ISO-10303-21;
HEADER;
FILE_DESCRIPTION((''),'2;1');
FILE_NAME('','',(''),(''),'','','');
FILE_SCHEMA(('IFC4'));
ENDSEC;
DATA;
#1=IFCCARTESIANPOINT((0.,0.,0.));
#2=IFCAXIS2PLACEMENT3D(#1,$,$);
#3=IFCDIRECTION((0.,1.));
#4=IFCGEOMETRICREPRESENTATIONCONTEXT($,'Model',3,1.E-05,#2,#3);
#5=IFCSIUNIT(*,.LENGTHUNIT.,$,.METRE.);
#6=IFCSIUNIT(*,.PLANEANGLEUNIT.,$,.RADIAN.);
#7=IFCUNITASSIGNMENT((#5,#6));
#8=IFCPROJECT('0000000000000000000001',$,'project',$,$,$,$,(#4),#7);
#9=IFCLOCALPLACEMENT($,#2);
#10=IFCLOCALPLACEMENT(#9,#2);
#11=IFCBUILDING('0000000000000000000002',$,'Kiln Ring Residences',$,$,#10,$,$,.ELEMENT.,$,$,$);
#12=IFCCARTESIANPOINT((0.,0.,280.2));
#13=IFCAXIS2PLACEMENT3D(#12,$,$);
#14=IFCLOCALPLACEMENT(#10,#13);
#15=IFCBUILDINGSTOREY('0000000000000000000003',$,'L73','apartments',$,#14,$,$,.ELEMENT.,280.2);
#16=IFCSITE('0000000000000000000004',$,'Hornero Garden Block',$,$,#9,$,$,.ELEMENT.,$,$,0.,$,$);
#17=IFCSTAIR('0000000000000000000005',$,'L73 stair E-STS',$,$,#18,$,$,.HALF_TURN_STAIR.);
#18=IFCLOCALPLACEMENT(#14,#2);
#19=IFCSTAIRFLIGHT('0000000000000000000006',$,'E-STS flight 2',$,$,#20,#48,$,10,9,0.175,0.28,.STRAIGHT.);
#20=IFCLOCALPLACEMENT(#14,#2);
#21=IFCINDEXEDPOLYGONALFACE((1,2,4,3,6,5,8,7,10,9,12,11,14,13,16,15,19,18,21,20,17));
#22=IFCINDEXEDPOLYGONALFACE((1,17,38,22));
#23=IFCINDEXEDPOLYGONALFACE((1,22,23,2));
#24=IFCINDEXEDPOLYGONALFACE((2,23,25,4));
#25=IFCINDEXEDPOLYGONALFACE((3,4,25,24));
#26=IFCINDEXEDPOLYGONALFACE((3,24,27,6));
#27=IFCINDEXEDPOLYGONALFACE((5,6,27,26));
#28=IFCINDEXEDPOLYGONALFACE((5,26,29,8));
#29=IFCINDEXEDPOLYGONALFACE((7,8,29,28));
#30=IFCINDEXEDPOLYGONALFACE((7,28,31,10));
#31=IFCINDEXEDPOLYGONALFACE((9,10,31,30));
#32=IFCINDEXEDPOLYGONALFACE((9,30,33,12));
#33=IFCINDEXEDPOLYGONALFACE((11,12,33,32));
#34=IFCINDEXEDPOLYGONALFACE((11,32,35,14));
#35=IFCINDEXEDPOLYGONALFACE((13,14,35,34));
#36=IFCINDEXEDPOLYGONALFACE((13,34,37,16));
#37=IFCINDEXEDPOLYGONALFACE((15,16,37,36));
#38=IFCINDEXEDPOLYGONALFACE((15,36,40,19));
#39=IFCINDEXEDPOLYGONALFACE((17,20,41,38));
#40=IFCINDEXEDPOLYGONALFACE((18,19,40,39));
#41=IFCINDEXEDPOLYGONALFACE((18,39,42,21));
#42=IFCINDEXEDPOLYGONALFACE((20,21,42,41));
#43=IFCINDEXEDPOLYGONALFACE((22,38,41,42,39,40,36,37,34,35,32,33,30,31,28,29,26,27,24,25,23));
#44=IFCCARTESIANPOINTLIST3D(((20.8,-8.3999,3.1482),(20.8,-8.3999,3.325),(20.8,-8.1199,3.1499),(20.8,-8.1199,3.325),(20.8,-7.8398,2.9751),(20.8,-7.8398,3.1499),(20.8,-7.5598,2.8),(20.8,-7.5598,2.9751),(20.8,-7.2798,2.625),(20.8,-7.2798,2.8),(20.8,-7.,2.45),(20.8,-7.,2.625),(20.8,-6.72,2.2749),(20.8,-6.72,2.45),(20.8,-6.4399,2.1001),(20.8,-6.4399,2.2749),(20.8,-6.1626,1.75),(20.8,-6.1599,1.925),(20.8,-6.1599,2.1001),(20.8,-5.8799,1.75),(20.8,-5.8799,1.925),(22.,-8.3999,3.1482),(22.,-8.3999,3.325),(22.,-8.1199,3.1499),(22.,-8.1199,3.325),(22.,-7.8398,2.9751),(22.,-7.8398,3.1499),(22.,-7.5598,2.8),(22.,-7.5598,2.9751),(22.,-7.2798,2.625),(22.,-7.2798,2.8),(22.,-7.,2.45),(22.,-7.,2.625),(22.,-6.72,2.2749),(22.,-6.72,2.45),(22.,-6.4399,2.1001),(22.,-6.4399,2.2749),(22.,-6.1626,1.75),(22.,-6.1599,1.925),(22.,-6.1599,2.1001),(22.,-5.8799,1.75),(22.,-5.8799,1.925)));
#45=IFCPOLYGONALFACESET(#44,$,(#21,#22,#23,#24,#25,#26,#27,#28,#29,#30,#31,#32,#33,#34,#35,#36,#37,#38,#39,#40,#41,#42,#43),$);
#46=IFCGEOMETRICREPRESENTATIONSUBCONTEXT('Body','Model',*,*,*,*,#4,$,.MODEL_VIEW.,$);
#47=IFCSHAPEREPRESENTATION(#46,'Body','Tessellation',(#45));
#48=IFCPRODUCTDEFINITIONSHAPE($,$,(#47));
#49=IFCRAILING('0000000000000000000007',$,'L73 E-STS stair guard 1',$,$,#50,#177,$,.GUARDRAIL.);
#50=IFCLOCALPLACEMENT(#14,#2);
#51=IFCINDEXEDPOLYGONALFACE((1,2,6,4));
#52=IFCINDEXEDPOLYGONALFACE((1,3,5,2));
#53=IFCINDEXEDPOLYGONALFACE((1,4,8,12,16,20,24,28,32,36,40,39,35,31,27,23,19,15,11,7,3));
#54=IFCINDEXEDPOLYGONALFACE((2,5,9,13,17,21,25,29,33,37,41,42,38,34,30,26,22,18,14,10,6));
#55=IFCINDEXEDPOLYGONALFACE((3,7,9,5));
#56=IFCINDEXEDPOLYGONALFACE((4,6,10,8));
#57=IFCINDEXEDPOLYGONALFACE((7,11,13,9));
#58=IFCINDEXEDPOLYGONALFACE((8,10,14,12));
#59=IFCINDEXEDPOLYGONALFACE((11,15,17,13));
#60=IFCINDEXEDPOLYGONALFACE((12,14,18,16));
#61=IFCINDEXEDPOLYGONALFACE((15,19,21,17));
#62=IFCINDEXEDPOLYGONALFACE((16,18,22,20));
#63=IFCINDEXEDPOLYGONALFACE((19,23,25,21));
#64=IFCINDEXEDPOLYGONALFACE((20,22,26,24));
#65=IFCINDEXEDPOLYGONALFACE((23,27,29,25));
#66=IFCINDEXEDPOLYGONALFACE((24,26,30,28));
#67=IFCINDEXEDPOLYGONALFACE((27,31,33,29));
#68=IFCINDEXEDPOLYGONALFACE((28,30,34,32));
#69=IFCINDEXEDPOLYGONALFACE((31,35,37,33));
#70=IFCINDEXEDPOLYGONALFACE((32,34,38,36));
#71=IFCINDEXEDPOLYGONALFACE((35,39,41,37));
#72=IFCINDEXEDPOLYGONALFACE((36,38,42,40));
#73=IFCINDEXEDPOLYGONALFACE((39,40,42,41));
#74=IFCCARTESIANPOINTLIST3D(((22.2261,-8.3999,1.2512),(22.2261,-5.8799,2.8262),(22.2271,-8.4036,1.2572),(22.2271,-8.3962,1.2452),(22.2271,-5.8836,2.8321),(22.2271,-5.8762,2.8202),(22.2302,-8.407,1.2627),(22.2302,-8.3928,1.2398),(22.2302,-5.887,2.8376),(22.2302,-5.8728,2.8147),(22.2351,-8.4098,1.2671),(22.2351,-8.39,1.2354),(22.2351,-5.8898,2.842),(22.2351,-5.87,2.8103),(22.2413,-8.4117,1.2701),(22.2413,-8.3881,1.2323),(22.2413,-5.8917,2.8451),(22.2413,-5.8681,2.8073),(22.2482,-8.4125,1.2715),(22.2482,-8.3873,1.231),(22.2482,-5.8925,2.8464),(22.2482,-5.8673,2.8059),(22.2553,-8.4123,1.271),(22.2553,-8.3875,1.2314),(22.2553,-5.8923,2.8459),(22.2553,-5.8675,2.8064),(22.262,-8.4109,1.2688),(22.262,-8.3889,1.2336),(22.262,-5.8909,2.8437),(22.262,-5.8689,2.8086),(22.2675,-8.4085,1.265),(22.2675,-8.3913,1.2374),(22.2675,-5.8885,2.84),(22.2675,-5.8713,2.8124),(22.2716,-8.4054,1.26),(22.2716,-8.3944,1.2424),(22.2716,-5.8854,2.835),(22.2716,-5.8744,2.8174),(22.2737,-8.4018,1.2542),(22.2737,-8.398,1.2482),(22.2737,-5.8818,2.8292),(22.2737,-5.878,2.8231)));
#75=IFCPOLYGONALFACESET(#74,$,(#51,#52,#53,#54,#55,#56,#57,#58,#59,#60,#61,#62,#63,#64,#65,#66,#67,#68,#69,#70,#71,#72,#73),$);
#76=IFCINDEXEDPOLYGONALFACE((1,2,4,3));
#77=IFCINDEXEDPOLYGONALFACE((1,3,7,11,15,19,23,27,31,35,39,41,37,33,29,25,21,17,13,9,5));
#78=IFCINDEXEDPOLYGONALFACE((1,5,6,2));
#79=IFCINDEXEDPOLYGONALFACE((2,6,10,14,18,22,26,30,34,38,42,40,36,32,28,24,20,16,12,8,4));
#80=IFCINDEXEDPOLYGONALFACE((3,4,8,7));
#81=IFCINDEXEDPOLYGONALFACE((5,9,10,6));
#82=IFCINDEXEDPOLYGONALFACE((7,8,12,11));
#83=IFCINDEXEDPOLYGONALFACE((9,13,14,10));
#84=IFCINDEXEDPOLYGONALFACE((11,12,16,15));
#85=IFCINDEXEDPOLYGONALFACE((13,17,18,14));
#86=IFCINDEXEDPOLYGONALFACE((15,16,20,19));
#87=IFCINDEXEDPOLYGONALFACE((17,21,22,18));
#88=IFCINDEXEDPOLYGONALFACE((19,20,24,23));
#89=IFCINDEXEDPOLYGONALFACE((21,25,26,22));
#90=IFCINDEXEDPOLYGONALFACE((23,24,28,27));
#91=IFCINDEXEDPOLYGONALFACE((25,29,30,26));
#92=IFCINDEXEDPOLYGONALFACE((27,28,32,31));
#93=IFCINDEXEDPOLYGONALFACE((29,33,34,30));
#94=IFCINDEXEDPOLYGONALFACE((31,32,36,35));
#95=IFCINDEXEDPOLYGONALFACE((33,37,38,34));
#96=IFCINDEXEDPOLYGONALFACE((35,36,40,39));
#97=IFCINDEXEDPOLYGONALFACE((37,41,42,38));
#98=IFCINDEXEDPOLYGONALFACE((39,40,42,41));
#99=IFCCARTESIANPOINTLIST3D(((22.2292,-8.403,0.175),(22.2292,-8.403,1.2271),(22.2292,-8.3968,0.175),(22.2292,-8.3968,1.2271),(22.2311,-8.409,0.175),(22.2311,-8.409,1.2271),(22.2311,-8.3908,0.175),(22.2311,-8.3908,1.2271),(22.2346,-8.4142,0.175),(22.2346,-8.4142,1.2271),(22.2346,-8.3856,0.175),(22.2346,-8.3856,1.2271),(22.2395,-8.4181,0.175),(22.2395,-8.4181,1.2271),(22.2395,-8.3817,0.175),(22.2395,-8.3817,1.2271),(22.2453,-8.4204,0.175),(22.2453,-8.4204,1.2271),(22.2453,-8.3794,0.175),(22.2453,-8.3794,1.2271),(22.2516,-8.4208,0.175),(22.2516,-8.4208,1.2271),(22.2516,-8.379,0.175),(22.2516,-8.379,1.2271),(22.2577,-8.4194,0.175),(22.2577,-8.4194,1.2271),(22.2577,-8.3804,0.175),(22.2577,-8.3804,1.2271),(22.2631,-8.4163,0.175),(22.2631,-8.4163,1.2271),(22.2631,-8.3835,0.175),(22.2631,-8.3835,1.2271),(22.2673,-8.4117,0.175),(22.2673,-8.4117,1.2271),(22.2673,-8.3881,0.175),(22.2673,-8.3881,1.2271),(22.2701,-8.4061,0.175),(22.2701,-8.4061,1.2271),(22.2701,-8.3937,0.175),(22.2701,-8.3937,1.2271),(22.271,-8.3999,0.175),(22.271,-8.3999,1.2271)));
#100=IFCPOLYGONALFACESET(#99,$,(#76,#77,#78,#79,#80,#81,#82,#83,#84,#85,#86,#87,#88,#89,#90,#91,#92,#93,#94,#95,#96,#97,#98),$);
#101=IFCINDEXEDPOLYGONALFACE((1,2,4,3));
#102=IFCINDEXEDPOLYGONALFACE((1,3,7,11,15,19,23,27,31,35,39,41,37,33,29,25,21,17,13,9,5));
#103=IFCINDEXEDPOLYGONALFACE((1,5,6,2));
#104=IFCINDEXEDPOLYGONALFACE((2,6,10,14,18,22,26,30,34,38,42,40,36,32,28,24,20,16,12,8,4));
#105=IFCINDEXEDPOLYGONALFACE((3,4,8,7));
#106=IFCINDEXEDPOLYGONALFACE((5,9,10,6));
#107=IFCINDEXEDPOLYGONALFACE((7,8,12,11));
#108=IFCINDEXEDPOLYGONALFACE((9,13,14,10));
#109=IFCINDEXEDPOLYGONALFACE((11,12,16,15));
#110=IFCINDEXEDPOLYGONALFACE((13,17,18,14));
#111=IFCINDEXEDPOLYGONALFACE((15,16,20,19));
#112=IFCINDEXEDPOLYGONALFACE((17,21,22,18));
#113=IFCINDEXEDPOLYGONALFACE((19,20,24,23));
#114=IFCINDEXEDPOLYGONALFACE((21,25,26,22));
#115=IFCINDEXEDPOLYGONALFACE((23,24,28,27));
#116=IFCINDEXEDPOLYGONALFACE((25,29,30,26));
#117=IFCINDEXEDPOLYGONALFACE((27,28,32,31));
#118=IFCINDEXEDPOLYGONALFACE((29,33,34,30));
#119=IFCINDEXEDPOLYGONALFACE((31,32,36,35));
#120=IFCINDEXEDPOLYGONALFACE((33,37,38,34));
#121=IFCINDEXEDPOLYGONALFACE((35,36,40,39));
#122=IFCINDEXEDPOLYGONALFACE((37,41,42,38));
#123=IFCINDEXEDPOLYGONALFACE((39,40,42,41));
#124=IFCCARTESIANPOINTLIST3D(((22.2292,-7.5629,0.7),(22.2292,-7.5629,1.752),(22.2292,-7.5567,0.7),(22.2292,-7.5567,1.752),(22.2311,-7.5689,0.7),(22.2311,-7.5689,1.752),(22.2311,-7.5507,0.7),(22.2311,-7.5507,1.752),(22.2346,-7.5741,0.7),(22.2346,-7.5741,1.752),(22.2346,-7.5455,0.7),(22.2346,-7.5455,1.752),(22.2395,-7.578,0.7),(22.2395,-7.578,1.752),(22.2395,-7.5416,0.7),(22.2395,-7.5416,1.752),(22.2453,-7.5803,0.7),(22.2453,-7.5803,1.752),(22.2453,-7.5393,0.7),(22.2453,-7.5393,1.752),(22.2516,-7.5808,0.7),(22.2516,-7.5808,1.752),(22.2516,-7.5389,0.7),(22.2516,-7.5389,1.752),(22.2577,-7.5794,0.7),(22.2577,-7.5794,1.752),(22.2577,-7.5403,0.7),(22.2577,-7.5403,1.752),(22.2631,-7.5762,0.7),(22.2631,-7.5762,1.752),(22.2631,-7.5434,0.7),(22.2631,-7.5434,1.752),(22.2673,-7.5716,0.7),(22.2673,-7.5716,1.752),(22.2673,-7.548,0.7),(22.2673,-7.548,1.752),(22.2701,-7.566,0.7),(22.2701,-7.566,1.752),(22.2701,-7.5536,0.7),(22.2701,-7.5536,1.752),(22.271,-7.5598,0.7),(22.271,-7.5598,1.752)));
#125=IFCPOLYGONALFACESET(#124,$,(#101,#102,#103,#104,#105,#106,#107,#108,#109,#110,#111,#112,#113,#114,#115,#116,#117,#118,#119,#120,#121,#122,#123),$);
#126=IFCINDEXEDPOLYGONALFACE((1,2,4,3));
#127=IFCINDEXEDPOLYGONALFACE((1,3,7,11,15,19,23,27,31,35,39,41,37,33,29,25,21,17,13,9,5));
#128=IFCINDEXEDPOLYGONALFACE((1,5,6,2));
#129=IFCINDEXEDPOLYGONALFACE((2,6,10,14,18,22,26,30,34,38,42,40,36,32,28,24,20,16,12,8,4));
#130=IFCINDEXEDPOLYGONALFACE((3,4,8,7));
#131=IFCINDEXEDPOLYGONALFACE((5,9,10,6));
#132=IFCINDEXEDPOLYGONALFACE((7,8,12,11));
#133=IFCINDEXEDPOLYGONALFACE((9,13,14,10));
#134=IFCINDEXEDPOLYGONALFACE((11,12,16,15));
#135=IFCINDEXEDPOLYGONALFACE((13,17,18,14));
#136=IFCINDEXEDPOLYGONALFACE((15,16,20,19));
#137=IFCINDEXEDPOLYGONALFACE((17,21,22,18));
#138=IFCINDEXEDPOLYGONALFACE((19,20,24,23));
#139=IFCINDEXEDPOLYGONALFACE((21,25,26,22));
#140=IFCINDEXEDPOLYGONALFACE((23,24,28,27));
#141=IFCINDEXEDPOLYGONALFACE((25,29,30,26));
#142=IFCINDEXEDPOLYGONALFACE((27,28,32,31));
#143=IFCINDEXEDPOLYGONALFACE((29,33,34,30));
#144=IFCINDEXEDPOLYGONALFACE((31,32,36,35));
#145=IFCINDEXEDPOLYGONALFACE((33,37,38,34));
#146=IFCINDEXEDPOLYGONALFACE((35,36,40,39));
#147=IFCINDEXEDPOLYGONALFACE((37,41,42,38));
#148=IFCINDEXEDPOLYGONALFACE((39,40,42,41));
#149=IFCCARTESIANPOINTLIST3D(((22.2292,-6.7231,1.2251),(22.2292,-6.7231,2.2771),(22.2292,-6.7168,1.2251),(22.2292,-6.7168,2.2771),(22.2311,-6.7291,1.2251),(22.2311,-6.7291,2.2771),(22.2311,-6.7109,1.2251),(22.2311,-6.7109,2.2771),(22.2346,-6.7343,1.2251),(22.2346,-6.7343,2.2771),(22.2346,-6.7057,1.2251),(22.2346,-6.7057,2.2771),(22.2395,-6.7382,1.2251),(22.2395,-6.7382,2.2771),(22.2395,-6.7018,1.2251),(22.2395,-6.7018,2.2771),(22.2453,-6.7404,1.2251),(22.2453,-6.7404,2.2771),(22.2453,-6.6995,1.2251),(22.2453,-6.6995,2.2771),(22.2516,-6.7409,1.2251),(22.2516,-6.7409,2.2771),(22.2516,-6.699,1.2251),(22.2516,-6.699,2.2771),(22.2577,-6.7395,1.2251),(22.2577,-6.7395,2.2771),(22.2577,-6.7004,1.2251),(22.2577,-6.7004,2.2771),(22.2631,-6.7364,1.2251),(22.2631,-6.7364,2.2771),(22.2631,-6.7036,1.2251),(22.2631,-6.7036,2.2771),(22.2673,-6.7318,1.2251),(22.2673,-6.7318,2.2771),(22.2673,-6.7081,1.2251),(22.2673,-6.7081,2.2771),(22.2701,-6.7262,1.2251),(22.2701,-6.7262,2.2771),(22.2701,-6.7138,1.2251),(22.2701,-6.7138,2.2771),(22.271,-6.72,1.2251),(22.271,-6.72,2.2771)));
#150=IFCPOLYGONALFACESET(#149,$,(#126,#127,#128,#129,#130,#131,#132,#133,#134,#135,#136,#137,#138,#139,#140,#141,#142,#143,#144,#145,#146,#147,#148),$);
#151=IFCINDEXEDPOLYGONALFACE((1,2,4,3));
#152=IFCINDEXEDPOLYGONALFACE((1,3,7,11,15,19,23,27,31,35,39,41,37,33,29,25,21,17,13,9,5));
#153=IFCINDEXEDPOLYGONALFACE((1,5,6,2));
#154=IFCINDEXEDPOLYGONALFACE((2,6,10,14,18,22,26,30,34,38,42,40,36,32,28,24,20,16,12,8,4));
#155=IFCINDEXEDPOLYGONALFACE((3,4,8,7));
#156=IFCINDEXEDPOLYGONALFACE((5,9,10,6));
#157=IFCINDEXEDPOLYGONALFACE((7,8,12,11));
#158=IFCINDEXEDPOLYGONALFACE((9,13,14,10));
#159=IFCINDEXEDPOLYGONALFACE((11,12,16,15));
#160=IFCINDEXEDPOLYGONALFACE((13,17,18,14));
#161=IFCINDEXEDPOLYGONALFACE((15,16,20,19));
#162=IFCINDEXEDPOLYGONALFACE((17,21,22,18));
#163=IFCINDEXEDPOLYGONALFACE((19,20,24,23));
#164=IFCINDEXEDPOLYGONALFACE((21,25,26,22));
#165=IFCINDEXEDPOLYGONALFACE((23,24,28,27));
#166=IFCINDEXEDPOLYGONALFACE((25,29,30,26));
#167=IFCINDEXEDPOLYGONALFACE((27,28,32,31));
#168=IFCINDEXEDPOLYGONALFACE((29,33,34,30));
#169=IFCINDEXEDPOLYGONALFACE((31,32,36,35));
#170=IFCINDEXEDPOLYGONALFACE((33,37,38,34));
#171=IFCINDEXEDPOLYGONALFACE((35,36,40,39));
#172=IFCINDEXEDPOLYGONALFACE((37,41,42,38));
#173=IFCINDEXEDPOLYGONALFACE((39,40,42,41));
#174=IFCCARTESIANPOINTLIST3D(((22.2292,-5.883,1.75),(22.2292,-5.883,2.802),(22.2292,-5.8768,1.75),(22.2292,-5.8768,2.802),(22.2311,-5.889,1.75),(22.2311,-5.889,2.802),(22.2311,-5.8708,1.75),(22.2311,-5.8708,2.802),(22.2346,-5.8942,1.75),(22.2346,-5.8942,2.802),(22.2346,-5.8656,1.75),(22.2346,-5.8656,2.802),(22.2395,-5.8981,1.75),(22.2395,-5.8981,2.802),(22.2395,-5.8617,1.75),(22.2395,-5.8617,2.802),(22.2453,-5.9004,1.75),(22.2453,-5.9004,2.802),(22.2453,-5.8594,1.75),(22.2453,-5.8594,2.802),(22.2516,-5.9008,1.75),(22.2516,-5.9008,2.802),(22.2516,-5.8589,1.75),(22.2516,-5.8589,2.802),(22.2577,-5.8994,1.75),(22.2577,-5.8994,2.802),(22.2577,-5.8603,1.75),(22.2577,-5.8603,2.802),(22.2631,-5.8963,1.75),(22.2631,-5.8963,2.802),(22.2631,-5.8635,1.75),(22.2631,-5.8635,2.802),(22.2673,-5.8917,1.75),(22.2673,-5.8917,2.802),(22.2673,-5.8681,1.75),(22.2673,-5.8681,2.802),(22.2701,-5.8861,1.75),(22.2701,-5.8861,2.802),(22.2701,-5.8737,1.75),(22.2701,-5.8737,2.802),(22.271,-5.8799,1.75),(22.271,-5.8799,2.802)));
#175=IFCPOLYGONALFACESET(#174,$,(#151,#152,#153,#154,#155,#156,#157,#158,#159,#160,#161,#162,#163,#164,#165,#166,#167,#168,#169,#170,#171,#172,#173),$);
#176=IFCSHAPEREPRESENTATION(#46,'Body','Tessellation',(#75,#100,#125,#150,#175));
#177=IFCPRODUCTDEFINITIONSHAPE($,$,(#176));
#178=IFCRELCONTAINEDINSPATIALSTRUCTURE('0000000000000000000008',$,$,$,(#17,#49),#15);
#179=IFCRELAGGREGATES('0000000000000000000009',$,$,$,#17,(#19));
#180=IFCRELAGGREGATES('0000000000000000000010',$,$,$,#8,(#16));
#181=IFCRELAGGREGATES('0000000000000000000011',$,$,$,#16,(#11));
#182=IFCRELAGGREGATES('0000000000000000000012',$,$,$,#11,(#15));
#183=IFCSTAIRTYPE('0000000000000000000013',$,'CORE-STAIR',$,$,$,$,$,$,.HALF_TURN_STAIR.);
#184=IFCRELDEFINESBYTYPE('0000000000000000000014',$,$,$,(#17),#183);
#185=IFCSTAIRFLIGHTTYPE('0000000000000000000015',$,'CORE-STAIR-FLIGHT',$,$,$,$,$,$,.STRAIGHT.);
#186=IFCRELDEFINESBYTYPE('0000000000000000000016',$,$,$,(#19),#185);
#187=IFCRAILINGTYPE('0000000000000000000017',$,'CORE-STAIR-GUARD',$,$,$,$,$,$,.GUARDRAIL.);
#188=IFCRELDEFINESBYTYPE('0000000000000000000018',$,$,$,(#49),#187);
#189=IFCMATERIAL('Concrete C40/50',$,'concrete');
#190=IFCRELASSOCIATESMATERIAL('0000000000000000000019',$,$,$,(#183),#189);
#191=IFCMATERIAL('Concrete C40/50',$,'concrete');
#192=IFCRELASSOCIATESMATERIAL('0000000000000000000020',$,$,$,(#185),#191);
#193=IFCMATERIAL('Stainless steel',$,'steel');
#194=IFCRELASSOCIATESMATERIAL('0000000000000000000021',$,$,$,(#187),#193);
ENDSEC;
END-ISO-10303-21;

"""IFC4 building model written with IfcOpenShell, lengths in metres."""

from ifc_helpers import new_model, si_unit, direction, frame, origin, origin_2d, place, context, subcontext, project, spatial, polyline, circle, outline, extrude, material, type_object, element, aggregate, save


model = new_model("IFC4")

# Units and contexts
model_context = context("Model", 3, precision=1e-05, world=origin(), true_north=direction((0.0, 1.0)))
body_context = subcontext(model_context, "Body", "Model", "MODEL_VIEW")
ifc_project = project(units=[si_unit("LENGTHUNIT", "METRE"), si_unit("PLANEANGLEUNIT", "RADIAN")], contexts=[model_context])

# Site, building, storey
site_placement = place(None, origin())
site = spatial("IfcSite", under=ifc_project, at=site_placement, Name="Hornero Garden Block", CompositionType="ELEMENT", RefElevation=0.0)
building_placement = place(site_placement, origin())
building = spatial("IfcBuilding", under=site, at=building_placement, Name="Kiln Ring Residences", CompositionType="ELEMENT")
storey_placement = place(building_placement, frame((0.0, 0.0, 280.2)))
storey = spatial("IfcBuildingStorey", under=building, at=storey_placement, Name="L73", Description="apartments", CompositionType="ELEMENT", Elevation=280.2)

# Stair, stair flight
ifc_material_1 = material(Name="Concrete C40/50", Category="concrete")
stair_type = type_object("IfcStairType", Name="CORE-STAIR", PredefinedType="HALF_TURN_STAIR", material=ifc_material_1)
stair_placement = place(storey_placement, origin())
stair = element("IfcStair", 1, at=stair_placement, inside=storey, type_object=stair_type, Name="L73 stair E-STS", PredefinedType="HALF_TURN_STAIR")
ifc_material_2 = material(Name="Concrete C40/50", Category="concrete")
stair_flight_type = type_object("IfcStairFlightType", Name="CORE-STAIR-FLIGHT", PredefinedType="STRAIGHT", material=ifc_material_2)
stair_flight_1_placement = place(storey_placement, frame((21.3999, -5.8799, 1.75), z_axis=(0.0, 0.0, 1.0), x_axis=(0.0, -1.0, 0.0)))
stair_flight_1 = element("IfcStairFlight", 2, at=stair_flight_1_placement, type_object=stair_flight_type, Name="E-STS flight 2", NumberOfRisers=10, NumberOfTreads=9, PredefinedType="STRAIGHT", RiserHeight=0.175, TreadLength=0.28, context=body_context, shape_type="SweptSolid", body=[
    extrude(outline(polyline([(0.0, 0.0), (0.0, 0.175), (0.28, 0.175), (0.28, 0.3501), (0.5601, 0.3501), (0.5601, 0.5249), (0.8401, 0.5249), (0.8401, 0.7), (1.1201, 0.7), (1.1201, 0.875), (1.3999, 0.875), (1.3999, 1.05), (1.6799, 1.05), (1.6799, 1.2251), (1.96, 1.2251), (1.96, 1.3999), (2.24, 1.3999), (2.24, 1.575), (2.52, 1.575), (2.52, 1.75), (2.52, 1.3982), (0.2827, 0.0), (0.0, 0.0)])), frame((0.0, 0.6001, 0.0), z_axis=(0.0, -1.0, 0.0), x_axis=(1.0, 0.0, 0.0)), (0.0, 0.0, 1.0), 1.2),
])
aggregate(stair, [stair_flight_1])

# Railing
ifc_material_3 = material(Name="Stainless steel", Category="steel")
railing_type_1 = type_object("IfcRailingType", Name="CORE-STAIR-GUARD", PredefinedType="GUARDRAIL", material=ifc_material_3)
railing_1_placement = place(storey_placement, frame((22.25, -8.3999, 0.175)))
element("IfcRailing", 3, at=railing_1_placement, inside=storey, type_object=railing_type_1, Name="L73 E-STS stair guard 1", PredefinedType="GUARDRAIL", context=body_context, shape_type="SweptSolid", body=[
    extrude(circle(Radius=0.0239, at=origin_2d()), frame((0.0, 0.0, 1.0762), z_axis=(0.0, 0.848008, 0.529984), x_axis=(-1.0, 0.0, 0.0)), (0.0, 0.0, 1.0), 2.9717),
    extrude(circle(Radius=0.021, at=origin_2d()), origin(), (0.0, 0.0, 1.0), 1.052),
    extrude(circle(Radius=0.021, at=origin_2d()), frame((0.0, 0.8401, 0.5249)), (0.0, 0.0, 1.0), 1.052),
    extrude(circle(Radius=0.021, at=origin_2d()), frame((0.0, 1.6799, 1.05)), (0.0, 0.0, 1.0), 1.052),
    extrude(circle(Radius=0.021, at=origin_2d()), frame((0.0, 2.52, 1.575)), (0.0, 0.0, 1.0), 1.052),
])

save(model, "model.ifc")
